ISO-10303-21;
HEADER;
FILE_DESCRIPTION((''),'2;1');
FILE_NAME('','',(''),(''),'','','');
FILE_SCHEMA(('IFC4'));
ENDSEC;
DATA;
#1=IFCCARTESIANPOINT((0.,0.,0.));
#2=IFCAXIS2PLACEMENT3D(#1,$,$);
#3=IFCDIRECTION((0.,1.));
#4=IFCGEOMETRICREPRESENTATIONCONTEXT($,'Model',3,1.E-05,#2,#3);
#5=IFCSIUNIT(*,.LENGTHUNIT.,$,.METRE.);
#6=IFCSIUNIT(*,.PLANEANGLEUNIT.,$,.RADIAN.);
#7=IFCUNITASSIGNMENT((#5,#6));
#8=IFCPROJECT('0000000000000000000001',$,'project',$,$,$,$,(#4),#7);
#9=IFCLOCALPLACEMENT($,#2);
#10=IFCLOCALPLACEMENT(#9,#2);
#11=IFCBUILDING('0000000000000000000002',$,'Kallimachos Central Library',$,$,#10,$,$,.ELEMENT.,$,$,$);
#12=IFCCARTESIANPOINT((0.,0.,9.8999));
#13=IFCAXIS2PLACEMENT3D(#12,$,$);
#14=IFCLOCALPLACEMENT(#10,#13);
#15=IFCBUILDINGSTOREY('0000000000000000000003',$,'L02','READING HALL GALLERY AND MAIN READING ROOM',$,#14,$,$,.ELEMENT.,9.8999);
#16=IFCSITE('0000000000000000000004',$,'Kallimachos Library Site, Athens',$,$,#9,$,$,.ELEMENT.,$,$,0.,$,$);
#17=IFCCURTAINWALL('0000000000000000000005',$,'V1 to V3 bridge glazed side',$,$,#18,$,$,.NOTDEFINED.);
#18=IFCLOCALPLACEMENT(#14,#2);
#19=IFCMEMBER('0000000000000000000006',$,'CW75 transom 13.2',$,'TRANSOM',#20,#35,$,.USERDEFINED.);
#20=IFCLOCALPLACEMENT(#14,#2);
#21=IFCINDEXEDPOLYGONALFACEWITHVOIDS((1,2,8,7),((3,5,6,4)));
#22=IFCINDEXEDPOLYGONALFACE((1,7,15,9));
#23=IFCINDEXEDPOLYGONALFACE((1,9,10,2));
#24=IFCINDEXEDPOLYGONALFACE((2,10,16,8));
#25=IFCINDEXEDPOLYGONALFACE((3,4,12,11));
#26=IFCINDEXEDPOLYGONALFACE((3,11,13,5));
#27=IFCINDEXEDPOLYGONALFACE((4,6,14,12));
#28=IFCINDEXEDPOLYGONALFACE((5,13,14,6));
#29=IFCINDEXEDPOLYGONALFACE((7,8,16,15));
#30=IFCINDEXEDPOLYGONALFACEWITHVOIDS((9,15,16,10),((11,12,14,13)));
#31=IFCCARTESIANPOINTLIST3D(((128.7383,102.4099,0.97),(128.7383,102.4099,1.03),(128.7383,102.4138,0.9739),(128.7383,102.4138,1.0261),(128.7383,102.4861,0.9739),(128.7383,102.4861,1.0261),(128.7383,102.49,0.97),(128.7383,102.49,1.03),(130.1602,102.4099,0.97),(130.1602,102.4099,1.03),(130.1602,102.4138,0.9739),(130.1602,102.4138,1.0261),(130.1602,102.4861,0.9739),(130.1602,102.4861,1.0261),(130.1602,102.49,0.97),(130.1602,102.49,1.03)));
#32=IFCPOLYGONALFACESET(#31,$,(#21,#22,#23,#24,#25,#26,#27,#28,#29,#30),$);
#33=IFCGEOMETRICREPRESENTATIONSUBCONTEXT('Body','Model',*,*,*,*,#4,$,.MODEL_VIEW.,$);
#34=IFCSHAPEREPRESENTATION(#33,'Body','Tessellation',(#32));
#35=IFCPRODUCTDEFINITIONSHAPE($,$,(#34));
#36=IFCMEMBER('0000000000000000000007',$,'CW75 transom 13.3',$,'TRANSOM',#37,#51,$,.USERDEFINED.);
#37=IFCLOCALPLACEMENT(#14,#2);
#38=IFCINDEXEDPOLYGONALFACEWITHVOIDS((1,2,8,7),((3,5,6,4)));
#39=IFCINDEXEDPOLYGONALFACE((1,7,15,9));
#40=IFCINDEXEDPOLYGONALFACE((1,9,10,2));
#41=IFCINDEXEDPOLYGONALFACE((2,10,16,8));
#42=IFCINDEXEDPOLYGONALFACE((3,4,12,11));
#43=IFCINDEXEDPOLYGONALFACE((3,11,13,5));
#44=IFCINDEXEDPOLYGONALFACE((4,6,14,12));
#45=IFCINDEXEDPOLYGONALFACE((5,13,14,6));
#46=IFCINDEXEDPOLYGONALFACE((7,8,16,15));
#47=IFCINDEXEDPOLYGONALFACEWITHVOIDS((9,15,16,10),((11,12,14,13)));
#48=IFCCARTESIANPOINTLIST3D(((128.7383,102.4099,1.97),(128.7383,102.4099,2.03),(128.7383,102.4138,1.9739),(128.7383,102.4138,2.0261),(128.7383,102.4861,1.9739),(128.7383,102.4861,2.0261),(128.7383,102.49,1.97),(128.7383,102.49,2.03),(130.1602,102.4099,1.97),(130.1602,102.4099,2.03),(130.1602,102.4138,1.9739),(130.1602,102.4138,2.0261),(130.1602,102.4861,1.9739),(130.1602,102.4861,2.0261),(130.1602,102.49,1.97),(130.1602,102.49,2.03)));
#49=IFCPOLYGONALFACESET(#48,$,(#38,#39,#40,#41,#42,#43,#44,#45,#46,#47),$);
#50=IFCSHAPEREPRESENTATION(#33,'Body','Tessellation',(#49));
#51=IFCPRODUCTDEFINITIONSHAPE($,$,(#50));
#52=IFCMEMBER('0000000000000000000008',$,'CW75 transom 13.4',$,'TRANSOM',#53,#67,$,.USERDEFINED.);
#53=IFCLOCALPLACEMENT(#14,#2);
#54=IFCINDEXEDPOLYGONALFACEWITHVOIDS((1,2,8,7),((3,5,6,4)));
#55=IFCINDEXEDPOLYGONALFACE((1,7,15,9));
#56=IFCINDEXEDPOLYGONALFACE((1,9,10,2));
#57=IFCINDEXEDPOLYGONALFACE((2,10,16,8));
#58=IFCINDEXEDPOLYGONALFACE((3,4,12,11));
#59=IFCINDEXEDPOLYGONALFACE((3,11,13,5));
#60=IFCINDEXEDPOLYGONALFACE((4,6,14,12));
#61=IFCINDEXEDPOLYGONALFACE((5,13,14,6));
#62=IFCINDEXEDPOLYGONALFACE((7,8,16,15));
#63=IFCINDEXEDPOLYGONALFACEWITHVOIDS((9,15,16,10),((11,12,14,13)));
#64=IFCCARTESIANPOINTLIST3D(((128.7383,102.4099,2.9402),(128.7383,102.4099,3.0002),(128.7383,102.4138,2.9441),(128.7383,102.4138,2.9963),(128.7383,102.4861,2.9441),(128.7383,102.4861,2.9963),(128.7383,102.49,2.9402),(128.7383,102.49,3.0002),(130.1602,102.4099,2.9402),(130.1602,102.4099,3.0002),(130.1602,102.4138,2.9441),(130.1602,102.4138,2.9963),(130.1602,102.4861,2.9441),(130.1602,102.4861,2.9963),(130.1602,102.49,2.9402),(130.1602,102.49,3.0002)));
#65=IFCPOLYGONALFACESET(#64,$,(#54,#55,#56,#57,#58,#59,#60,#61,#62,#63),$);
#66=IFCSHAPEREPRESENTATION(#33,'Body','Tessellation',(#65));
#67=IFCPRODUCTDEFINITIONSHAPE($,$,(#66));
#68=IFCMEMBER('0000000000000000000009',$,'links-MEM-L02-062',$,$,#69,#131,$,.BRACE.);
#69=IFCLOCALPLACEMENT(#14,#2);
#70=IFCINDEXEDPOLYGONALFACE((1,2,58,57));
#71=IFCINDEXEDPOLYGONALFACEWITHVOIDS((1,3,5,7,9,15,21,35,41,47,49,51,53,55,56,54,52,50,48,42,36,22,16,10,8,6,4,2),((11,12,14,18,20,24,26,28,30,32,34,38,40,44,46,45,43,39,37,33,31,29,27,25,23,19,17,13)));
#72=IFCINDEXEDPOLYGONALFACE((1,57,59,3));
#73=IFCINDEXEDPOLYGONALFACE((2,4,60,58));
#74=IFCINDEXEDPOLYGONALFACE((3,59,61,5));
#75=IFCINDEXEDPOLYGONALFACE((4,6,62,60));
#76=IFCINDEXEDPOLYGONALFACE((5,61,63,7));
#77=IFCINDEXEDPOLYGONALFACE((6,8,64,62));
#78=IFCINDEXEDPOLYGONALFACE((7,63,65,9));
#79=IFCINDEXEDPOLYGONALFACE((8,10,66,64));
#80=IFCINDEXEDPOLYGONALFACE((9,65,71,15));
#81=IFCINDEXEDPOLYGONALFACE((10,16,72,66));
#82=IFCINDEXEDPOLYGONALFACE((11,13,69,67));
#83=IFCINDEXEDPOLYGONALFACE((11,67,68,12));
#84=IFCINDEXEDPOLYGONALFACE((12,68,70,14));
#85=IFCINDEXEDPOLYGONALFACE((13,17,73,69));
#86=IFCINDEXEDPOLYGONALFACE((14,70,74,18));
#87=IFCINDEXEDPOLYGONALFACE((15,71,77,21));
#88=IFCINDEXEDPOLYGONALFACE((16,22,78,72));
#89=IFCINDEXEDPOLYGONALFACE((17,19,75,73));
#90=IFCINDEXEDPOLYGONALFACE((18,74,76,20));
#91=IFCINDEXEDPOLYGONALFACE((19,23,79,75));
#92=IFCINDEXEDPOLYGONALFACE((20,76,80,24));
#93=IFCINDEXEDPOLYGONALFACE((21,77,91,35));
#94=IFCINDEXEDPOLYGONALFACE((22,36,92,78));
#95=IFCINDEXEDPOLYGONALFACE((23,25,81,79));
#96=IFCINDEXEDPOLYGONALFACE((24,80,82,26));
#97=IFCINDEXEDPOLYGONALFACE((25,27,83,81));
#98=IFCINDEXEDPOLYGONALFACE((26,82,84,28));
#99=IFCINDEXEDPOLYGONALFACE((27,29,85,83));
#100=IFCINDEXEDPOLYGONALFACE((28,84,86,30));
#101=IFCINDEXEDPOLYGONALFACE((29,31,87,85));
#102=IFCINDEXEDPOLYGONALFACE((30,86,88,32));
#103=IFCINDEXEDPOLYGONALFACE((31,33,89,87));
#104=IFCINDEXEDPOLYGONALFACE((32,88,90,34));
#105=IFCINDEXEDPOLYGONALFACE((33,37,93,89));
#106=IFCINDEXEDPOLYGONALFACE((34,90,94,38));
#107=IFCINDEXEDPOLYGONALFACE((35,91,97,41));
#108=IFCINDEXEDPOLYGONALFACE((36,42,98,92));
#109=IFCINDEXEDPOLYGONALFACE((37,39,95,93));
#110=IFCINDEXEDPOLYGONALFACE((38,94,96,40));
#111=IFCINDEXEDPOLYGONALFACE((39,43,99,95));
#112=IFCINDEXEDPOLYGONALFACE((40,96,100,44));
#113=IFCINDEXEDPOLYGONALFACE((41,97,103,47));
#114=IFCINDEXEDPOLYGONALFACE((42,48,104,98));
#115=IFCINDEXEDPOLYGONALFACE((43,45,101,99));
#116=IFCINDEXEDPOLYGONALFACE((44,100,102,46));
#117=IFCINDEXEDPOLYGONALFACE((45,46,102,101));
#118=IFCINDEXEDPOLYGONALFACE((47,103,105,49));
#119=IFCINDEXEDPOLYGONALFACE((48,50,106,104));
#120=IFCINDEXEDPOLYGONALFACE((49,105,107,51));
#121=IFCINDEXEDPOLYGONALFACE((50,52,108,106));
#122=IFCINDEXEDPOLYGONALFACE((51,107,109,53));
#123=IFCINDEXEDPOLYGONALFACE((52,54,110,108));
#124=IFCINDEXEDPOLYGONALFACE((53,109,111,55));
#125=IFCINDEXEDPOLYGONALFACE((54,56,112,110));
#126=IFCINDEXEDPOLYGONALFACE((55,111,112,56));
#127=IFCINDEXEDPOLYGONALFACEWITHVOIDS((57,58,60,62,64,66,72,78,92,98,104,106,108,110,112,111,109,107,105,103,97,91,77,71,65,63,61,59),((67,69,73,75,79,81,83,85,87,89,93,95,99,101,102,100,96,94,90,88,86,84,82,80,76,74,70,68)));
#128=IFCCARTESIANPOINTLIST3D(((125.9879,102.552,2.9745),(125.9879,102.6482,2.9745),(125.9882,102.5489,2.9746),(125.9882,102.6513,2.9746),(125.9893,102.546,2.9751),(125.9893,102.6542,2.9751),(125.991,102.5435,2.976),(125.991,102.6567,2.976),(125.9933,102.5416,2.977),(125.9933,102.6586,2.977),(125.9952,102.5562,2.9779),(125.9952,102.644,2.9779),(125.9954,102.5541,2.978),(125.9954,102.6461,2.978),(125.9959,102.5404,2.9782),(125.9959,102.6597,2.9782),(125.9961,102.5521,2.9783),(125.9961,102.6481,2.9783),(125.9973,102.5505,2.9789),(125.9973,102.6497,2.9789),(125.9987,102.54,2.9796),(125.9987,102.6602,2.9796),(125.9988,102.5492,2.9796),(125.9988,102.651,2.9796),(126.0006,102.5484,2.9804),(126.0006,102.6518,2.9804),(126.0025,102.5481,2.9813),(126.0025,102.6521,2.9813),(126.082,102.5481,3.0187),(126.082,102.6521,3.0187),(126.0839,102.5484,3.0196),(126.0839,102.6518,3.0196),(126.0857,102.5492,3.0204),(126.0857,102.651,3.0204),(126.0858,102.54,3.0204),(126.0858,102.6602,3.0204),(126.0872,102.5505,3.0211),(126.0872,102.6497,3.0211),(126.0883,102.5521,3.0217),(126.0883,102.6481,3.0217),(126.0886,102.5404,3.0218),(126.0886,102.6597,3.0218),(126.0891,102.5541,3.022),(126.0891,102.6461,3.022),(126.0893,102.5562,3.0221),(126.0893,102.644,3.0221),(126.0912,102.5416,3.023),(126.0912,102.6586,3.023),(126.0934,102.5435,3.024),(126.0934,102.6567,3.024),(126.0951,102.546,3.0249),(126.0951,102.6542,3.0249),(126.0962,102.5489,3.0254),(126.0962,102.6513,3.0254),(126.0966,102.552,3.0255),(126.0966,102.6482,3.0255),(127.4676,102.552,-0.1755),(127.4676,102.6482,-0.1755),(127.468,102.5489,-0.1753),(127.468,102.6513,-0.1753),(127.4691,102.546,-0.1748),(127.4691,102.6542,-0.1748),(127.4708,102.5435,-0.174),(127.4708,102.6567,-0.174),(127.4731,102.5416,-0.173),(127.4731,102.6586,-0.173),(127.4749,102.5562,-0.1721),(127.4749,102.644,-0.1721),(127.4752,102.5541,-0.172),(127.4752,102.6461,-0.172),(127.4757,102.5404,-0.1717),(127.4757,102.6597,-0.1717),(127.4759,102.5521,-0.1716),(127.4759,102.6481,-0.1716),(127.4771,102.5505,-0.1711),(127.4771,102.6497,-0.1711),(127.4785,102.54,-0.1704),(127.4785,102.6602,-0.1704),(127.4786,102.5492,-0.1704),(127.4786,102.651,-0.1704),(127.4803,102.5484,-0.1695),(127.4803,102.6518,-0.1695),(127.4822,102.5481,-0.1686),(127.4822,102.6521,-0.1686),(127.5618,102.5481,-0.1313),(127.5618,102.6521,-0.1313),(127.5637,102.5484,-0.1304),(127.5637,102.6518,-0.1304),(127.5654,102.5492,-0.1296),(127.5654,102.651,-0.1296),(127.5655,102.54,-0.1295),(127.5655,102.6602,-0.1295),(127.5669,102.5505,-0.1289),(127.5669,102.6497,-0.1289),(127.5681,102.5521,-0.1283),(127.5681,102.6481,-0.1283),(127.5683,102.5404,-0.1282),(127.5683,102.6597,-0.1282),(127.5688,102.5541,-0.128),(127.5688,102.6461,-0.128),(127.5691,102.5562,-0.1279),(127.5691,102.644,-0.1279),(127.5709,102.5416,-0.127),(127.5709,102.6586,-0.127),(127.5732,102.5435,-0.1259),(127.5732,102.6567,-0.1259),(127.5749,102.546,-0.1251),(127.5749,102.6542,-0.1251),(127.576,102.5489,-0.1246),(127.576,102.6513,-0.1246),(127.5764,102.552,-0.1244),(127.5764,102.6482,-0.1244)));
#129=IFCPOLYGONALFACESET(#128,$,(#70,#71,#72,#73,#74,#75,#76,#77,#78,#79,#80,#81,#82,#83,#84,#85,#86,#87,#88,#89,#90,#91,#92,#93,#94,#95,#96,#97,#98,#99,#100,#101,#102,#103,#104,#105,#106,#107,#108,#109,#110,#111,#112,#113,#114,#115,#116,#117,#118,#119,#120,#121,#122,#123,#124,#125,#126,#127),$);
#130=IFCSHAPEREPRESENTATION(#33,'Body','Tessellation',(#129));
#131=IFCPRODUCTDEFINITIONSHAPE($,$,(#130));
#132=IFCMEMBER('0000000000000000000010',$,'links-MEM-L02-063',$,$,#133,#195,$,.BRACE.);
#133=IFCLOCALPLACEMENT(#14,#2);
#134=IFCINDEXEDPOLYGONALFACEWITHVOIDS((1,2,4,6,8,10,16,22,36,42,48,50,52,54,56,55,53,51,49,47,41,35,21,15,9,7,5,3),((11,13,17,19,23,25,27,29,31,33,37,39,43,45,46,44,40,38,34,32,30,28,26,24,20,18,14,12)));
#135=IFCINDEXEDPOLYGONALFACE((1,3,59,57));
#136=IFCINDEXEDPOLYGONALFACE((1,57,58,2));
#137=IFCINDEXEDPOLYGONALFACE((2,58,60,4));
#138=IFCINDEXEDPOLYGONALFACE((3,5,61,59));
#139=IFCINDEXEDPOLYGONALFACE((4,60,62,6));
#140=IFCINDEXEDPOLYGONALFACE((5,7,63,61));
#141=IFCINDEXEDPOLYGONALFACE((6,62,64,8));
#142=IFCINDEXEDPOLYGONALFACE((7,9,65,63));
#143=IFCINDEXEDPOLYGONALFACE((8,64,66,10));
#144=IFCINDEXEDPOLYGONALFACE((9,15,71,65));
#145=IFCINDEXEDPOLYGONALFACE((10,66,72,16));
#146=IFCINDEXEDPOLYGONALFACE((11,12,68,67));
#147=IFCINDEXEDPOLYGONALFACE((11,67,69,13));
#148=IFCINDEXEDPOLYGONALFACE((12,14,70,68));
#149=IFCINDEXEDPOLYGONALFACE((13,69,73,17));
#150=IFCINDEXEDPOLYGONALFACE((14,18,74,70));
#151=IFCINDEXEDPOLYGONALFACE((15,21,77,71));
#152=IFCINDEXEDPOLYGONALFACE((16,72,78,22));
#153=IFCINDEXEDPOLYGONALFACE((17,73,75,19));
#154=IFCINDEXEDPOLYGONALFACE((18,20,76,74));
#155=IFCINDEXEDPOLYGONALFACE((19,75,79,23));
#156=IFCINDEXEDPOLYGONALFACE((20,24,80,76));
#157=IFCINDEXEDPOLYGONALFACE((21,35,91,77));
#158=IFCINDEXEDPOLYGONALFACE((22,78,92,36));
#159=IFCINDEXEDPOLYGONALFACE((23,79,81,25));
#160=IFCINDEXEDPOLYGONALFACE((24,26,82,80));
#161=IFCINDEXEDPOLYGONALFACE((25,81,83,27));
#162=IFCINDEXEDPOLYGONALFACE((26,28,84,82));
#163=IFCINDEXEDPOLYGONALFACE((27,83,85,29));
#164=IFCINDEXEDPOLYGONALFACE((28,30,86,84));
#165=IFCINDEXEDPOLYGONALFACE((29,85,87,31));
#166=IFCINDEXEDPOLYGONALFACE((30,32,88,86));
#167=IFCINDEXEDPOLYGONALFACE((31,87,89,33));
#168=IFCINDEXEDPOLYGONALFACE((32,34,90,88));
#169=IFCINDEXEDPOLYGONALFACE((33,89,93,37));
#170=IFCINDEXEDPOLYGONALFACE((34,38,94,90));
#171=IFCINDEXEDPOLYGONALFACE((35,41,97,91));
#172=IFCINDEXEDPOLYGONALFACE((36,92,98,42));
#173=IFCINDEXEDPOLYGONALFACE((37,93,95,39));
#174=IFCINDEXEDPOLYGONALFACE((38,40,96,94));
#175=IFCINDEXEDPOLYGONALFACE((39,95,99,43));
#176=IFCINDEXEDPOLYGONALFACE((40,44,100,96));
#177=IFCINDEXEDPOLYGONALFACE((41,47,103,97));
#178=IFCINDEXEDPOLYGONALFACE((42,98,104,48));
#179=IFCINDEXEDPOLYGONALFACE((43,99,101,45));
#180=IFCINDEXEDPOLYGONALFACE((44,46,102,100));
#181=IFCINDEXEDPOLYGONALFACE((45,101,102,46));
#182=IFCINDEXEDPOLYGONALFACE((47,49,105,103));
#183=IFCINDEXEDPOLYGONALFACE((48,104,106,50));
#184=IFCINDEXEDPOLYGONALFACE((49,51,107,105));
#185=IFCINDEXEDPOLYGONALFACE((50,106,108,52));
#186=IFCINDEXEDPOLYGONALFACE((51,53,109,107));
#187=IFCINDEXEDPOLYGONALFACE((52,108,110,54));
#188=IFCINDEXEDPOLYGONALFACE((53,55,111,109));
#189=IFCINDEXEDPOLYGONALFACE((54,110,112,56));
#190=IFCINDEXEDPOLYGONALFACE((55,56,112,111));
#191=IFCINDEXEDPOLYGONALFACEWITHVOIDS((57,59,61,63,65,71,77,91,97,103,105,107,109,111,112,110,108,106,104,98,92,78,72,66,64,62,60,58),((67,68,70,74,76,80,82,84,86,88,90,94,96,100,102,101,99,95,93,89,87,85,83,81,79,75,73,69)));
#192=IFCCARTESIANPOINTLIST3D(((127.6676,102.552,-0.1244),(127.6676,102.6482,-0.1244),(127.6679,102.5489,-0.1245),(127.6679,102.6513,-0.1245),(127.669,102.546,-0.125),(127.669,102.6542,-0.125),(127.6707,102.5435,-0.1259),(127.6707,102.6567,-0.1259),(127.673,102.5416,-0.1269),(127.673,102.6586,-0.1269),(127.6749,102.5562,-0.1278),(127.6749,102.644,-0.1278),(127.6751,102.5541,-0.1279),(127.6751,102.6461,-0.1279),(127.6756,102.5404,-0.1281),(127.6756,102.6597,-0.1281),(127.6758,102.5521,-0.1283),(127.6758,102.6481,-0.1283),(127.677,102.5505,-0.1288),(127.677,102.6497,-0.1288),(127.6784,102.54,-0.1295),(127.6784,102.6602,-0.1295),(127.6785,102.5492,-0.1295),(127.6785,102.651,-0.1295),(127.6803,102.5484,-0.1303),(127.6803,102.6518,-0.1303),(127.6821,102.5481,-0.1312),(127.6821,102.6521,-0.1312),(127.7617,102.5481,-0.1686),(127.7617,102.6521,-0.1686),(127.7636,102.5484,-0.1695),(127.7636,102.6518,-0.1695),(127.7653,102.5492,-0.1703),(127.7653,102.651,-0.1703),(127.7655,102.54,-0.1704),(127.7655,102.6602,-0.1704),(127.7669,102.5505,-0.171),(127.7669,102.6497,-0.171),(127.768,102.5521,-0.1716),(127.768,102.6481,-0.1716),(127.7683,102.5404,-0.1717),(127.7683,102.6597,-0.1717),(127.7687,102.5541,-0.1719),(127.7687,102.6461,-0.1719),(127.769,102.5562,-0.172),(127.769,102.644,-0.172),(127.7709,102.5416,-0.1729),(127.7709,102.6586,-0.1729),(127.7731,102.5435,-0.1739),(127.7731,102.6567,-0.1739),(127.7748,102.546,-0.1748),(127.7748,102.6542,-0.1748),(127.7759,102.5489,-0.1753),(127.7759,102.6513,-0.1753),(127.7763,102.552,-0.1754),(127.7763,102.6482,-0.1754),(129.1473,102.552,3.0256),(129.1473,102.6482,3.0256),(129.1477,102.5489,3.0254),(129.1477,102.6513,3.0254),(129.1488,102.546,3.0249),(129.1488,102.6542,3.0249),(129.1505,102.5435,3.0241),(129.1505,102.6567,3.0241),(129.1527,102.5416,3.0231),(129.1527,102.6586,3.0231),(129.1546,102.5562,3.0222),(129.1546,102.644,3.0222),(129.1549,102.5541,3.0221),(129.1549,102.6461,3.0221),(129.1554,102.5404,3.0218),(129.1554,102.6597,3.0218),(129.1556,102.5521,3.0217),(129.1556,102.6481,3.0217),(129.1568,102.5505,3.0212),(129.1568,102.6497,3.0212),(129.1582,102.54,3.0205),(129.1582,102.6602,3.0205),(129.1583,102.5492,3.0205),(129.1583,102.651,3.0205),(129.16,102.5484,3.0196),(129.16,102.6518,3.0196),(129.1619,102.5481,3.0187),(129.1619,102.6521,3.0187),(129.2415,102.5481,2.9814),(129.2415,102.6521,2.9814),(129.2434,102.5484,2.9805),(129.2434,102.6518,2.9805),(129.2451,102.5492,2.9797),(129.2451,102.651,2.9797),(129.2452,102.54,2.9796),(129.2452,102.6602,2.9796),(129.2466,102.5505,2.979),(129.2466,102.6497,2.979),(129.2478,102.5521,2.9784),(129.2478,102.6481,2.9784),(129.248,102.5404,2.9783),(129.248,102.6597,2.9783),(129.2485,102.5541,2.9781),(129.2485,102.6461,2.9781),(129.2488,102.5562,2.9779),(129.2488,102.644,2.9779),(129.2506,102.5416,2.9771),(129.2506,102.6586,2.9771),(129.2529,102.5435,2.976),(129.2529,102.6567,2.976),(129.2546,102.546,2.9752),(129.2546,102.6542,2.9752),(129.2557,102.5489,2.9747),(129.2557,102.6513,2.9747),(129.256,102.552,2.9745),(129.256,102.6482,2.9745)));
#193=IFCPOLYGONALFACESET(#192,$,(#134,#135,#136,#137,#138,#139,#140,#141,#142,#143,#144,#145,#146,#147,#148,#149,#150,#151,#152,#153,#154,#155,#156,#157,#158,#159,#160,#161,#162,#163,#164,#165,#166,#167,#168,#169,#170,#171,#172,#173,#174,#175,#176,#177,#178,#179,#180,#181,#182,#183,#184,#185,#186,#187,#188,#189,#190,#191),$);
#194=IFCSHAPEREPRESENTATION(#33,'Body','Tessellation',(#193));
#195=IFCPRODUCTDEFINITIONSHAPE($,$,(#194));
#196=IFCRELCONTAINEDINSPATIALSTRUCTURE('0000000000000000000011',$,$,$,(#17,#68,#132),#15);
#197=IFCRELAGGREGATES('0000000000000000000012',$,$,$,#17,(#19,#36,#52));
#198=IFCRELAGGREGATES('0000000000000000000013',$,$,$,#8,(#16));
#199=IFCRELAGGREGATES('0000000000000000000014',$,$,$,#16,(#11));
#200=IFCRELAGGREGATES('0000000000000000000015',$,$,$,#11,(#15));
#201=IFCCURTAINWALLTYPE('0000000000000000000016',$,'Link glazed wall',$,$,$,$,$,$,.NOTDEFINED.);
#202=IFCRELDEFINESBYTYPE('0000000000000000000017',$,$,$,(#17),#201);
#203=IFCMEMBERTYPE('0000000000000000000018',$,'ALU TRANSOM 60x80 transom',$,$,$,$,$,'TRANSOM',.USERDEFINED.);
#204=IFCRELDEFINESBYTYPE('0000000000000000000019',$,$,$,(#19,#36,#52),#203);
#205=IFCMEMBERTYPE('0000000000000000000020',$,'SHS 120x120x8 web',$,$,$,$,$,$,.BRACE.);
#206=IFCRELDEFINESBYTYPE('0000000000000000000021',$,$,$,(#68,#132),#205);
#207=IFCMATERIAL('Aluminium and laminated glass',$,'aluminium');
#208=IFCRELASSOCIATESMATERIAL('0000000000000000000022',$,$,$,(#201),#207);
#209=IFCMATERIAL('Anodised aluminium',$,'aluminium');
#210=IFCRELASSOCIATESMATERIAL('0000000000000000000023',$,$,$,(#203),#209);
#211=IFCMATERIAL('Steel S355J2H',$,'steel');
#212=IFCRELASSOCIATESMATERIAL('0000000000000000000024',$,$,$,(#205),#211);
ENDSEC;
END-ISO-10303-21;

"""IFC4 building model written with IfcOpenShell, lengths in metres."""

from ifc_helpers import new_model, si_unit, direction, frame, origin, origin_2d, place, context, subcontext, project, spatial, hollow_rectangle, extrude, material, material_profile, profile_set, type_object, element, aggregate, save


model = new_model("IFC4")

# Units and contexts
model_context = context("Model", 3, precision=1e-05, world=origin(), true_north=direction((0.0, 1.0)))
body_context = subcontext(model_context, "Body", "Model", "MODEL_VIEW")
ifc_project = project(units=[si_unit("LENGTHUNIT", "METRE"), si_unit("PLANEANGLEUNIT", "RADIAN")], contexts=[model_context])

# Site, building, storey
site_placement = place(None, origin())
site = spatial("IfcSite", under=ifc_project, at=site_placement, Name="Kallimachos Library Site, Athens", CompositionType="ELEMENT", RefElevation=0.0)
building_placement = place(site_placement, origin())
building = spatial("IfcBuilding", under=site, at=building_placement, Name="Kallimachos Central Library", CompositionType="ELEMENT")
storey_placement = place(building_placement, frame((0.0, 0.0, 9.8999)))
storey = spatial("IfcBuildingStorey", under=building, at=storey_placement, Name="L02", Description="READING HALL GALLERY AND MAIN READING ROOM", CompositionType="ELEMENT", Elevation=9.8999)

# Curtain wall, members
ifc_material_1 = material(Name="Aluminium and laminated glass", Category="aluminium")
curtain_wall_type = type_object("IfcCurtainWallType", Name="Link glazed wall", PredefinedType="NOTDEFINED", material=ifc_material_1)
curtain_wall_1_placement = place(storey_placement, origin())
curtain_wall_1 = element("IfcCurtainWall", 1, at=curtain_wall_1_placement, inside=storey, type_object=curtain_wall_type, Name="V1 to V3 bridge glazed side", PredefinedType="NOTDEFINED")
ifc_material_2 = material(Name="Anodised aluminium", Category="aluminium")
ifc_material_profile_1 = material_profile(ifc_material_2, hollow_rectangle(XDim=0.0601, YDim=0.0801, WallThickness=0.0039, at=origin_2d()), Name="ALU TRANSOM 60x80")
ifc_profile_set_1 = profile_set([ifc_material_profile_1], Name="Anodised aluminium")
member_type_1 = type_object("IfcMemberType", Name="ALU TRANSOM 60x80 transom", ElementType="TRANSOM", PredefinedType="USERDEFINED", material=ifc_profile_set_1)
member_1_placement = place(storey_placement, frame((128.7383, 102.45, 1.0), z_axis=(1.0, 0.0, 0.0), x_axis=(0.0, 0.0, 1.0)))
member_1 = element("IfcMember", 2, at=member_1_placement, type_object=member_type_1, Name="CW75 transom 13.2", ObjectType="TRANSOM", PredefinedType="USERDEFINED", context=body_context, shape_type="SweptSolid", body=[
    extrude(hollow_rectangle(XDim=0.0601, YDim=0.0801, WallThickness=0.0039, at=origin_2d()), origin(), (0.0, 0.0, 1.0), 1.4219),
])
member_2_placement = place(storey_placement, frame((128.7383, 102.45, 2.0), z_axis=(1.0, 0.0, 0.0), x_axis=(0.0, 0.0, 1.0)))
member_2 = element("IfcMember", 3, at=member_2_placement, type_object=member_type_1, Name="CW75 transom 13.3", ObjectType="TRANSOM", PredefinedType="USERDEFINED", context=body_context, shape_type="SweptSolid", body=[
    extrude(hollow_rectangle(XDim=0.0601, YDim=0.0801, WallThickness=0.0039, at=origin_2d()), origin(), (0.0, 0.0, 1.0), 1.4219),
])
member_3_placement = place(storey_placement, frame((128.7383, 102.45, 2.9702), z_axis=(1.0, 0.0, 0.0), x_axis=(0.0, 0.0, 1.0)))
member_3 = element("IfcMember", 4, at=member_3_placement, type_object=member_type_1, Name="CW75 transom 13.4", ObjectType="TRANSOM", PredefinedType="USERDEFINED", context=body_context, shape_type="SweptSolid", body=[
    extrude(hollow_rectangle(XDim=0.0601, YDim=0.0801, WallThickness=0.0039, at=origin_2d()), origin(), (0.0, 0.0, 1.0), 1.4219),
])

# Members
ifc_material_3 = material(Name="Steel S355J2H", Category="steel")
ifc_material_profile_2 = material_profile(ifc_material_3, hollow_rectangle(XDim=0.1201, YDim=0.1201, WallThickness=0.0081, InnerFilletRadius=0.0081, OuterFilletRadius=0.012, at=origin_2d()), Name="SHS 120x120x8")
ifc_profile_set_2 = profile_set([ifc_material_profile_2], Name="Steel S355J2H")
member_type_2 = type_object("IfcMemberType", Name="SHS 120x120x8 web", PredefinedType="BRACE", material=ifc_profile_set_2)
for number, where, z_axis, x_axis, name in (
    (5, (126.0422, 102.6001, 3.0), (0.425192, 0.0, -0.905103), (0.0, 1.0, 0.0), "links-MEM-L02-062"),
    (6, (127.7219, 102.6001, -0.1499), (0.425192, 0.0, 0.905103), (0.0, 1.0, 0.0), "links-MEM-L02-063"),
):
    element("IfcMember", number, at=place(storey_placement, frame(where, z_axis=z_axis, x_axis=x_axis)), inside=storey, type_object=member_type_2, Name=name, PredefinedType="BRACE", context=body_context, shape_type="SweptSolid", body=[
        extrude(hollow_rectangle(XDim=0.1201, YDim=0.1201, WallThickness=0.0081, InnerFilletRadius=0.0081, OuterFilletRadius=0.012, at=origin_2d()), origin(), (0.0, 0.0, 1.0), 3.4802),
    ])

aggregate(curtain_wall_1, [member_1, member_2, member_3])

save(model, "model.ifc")
